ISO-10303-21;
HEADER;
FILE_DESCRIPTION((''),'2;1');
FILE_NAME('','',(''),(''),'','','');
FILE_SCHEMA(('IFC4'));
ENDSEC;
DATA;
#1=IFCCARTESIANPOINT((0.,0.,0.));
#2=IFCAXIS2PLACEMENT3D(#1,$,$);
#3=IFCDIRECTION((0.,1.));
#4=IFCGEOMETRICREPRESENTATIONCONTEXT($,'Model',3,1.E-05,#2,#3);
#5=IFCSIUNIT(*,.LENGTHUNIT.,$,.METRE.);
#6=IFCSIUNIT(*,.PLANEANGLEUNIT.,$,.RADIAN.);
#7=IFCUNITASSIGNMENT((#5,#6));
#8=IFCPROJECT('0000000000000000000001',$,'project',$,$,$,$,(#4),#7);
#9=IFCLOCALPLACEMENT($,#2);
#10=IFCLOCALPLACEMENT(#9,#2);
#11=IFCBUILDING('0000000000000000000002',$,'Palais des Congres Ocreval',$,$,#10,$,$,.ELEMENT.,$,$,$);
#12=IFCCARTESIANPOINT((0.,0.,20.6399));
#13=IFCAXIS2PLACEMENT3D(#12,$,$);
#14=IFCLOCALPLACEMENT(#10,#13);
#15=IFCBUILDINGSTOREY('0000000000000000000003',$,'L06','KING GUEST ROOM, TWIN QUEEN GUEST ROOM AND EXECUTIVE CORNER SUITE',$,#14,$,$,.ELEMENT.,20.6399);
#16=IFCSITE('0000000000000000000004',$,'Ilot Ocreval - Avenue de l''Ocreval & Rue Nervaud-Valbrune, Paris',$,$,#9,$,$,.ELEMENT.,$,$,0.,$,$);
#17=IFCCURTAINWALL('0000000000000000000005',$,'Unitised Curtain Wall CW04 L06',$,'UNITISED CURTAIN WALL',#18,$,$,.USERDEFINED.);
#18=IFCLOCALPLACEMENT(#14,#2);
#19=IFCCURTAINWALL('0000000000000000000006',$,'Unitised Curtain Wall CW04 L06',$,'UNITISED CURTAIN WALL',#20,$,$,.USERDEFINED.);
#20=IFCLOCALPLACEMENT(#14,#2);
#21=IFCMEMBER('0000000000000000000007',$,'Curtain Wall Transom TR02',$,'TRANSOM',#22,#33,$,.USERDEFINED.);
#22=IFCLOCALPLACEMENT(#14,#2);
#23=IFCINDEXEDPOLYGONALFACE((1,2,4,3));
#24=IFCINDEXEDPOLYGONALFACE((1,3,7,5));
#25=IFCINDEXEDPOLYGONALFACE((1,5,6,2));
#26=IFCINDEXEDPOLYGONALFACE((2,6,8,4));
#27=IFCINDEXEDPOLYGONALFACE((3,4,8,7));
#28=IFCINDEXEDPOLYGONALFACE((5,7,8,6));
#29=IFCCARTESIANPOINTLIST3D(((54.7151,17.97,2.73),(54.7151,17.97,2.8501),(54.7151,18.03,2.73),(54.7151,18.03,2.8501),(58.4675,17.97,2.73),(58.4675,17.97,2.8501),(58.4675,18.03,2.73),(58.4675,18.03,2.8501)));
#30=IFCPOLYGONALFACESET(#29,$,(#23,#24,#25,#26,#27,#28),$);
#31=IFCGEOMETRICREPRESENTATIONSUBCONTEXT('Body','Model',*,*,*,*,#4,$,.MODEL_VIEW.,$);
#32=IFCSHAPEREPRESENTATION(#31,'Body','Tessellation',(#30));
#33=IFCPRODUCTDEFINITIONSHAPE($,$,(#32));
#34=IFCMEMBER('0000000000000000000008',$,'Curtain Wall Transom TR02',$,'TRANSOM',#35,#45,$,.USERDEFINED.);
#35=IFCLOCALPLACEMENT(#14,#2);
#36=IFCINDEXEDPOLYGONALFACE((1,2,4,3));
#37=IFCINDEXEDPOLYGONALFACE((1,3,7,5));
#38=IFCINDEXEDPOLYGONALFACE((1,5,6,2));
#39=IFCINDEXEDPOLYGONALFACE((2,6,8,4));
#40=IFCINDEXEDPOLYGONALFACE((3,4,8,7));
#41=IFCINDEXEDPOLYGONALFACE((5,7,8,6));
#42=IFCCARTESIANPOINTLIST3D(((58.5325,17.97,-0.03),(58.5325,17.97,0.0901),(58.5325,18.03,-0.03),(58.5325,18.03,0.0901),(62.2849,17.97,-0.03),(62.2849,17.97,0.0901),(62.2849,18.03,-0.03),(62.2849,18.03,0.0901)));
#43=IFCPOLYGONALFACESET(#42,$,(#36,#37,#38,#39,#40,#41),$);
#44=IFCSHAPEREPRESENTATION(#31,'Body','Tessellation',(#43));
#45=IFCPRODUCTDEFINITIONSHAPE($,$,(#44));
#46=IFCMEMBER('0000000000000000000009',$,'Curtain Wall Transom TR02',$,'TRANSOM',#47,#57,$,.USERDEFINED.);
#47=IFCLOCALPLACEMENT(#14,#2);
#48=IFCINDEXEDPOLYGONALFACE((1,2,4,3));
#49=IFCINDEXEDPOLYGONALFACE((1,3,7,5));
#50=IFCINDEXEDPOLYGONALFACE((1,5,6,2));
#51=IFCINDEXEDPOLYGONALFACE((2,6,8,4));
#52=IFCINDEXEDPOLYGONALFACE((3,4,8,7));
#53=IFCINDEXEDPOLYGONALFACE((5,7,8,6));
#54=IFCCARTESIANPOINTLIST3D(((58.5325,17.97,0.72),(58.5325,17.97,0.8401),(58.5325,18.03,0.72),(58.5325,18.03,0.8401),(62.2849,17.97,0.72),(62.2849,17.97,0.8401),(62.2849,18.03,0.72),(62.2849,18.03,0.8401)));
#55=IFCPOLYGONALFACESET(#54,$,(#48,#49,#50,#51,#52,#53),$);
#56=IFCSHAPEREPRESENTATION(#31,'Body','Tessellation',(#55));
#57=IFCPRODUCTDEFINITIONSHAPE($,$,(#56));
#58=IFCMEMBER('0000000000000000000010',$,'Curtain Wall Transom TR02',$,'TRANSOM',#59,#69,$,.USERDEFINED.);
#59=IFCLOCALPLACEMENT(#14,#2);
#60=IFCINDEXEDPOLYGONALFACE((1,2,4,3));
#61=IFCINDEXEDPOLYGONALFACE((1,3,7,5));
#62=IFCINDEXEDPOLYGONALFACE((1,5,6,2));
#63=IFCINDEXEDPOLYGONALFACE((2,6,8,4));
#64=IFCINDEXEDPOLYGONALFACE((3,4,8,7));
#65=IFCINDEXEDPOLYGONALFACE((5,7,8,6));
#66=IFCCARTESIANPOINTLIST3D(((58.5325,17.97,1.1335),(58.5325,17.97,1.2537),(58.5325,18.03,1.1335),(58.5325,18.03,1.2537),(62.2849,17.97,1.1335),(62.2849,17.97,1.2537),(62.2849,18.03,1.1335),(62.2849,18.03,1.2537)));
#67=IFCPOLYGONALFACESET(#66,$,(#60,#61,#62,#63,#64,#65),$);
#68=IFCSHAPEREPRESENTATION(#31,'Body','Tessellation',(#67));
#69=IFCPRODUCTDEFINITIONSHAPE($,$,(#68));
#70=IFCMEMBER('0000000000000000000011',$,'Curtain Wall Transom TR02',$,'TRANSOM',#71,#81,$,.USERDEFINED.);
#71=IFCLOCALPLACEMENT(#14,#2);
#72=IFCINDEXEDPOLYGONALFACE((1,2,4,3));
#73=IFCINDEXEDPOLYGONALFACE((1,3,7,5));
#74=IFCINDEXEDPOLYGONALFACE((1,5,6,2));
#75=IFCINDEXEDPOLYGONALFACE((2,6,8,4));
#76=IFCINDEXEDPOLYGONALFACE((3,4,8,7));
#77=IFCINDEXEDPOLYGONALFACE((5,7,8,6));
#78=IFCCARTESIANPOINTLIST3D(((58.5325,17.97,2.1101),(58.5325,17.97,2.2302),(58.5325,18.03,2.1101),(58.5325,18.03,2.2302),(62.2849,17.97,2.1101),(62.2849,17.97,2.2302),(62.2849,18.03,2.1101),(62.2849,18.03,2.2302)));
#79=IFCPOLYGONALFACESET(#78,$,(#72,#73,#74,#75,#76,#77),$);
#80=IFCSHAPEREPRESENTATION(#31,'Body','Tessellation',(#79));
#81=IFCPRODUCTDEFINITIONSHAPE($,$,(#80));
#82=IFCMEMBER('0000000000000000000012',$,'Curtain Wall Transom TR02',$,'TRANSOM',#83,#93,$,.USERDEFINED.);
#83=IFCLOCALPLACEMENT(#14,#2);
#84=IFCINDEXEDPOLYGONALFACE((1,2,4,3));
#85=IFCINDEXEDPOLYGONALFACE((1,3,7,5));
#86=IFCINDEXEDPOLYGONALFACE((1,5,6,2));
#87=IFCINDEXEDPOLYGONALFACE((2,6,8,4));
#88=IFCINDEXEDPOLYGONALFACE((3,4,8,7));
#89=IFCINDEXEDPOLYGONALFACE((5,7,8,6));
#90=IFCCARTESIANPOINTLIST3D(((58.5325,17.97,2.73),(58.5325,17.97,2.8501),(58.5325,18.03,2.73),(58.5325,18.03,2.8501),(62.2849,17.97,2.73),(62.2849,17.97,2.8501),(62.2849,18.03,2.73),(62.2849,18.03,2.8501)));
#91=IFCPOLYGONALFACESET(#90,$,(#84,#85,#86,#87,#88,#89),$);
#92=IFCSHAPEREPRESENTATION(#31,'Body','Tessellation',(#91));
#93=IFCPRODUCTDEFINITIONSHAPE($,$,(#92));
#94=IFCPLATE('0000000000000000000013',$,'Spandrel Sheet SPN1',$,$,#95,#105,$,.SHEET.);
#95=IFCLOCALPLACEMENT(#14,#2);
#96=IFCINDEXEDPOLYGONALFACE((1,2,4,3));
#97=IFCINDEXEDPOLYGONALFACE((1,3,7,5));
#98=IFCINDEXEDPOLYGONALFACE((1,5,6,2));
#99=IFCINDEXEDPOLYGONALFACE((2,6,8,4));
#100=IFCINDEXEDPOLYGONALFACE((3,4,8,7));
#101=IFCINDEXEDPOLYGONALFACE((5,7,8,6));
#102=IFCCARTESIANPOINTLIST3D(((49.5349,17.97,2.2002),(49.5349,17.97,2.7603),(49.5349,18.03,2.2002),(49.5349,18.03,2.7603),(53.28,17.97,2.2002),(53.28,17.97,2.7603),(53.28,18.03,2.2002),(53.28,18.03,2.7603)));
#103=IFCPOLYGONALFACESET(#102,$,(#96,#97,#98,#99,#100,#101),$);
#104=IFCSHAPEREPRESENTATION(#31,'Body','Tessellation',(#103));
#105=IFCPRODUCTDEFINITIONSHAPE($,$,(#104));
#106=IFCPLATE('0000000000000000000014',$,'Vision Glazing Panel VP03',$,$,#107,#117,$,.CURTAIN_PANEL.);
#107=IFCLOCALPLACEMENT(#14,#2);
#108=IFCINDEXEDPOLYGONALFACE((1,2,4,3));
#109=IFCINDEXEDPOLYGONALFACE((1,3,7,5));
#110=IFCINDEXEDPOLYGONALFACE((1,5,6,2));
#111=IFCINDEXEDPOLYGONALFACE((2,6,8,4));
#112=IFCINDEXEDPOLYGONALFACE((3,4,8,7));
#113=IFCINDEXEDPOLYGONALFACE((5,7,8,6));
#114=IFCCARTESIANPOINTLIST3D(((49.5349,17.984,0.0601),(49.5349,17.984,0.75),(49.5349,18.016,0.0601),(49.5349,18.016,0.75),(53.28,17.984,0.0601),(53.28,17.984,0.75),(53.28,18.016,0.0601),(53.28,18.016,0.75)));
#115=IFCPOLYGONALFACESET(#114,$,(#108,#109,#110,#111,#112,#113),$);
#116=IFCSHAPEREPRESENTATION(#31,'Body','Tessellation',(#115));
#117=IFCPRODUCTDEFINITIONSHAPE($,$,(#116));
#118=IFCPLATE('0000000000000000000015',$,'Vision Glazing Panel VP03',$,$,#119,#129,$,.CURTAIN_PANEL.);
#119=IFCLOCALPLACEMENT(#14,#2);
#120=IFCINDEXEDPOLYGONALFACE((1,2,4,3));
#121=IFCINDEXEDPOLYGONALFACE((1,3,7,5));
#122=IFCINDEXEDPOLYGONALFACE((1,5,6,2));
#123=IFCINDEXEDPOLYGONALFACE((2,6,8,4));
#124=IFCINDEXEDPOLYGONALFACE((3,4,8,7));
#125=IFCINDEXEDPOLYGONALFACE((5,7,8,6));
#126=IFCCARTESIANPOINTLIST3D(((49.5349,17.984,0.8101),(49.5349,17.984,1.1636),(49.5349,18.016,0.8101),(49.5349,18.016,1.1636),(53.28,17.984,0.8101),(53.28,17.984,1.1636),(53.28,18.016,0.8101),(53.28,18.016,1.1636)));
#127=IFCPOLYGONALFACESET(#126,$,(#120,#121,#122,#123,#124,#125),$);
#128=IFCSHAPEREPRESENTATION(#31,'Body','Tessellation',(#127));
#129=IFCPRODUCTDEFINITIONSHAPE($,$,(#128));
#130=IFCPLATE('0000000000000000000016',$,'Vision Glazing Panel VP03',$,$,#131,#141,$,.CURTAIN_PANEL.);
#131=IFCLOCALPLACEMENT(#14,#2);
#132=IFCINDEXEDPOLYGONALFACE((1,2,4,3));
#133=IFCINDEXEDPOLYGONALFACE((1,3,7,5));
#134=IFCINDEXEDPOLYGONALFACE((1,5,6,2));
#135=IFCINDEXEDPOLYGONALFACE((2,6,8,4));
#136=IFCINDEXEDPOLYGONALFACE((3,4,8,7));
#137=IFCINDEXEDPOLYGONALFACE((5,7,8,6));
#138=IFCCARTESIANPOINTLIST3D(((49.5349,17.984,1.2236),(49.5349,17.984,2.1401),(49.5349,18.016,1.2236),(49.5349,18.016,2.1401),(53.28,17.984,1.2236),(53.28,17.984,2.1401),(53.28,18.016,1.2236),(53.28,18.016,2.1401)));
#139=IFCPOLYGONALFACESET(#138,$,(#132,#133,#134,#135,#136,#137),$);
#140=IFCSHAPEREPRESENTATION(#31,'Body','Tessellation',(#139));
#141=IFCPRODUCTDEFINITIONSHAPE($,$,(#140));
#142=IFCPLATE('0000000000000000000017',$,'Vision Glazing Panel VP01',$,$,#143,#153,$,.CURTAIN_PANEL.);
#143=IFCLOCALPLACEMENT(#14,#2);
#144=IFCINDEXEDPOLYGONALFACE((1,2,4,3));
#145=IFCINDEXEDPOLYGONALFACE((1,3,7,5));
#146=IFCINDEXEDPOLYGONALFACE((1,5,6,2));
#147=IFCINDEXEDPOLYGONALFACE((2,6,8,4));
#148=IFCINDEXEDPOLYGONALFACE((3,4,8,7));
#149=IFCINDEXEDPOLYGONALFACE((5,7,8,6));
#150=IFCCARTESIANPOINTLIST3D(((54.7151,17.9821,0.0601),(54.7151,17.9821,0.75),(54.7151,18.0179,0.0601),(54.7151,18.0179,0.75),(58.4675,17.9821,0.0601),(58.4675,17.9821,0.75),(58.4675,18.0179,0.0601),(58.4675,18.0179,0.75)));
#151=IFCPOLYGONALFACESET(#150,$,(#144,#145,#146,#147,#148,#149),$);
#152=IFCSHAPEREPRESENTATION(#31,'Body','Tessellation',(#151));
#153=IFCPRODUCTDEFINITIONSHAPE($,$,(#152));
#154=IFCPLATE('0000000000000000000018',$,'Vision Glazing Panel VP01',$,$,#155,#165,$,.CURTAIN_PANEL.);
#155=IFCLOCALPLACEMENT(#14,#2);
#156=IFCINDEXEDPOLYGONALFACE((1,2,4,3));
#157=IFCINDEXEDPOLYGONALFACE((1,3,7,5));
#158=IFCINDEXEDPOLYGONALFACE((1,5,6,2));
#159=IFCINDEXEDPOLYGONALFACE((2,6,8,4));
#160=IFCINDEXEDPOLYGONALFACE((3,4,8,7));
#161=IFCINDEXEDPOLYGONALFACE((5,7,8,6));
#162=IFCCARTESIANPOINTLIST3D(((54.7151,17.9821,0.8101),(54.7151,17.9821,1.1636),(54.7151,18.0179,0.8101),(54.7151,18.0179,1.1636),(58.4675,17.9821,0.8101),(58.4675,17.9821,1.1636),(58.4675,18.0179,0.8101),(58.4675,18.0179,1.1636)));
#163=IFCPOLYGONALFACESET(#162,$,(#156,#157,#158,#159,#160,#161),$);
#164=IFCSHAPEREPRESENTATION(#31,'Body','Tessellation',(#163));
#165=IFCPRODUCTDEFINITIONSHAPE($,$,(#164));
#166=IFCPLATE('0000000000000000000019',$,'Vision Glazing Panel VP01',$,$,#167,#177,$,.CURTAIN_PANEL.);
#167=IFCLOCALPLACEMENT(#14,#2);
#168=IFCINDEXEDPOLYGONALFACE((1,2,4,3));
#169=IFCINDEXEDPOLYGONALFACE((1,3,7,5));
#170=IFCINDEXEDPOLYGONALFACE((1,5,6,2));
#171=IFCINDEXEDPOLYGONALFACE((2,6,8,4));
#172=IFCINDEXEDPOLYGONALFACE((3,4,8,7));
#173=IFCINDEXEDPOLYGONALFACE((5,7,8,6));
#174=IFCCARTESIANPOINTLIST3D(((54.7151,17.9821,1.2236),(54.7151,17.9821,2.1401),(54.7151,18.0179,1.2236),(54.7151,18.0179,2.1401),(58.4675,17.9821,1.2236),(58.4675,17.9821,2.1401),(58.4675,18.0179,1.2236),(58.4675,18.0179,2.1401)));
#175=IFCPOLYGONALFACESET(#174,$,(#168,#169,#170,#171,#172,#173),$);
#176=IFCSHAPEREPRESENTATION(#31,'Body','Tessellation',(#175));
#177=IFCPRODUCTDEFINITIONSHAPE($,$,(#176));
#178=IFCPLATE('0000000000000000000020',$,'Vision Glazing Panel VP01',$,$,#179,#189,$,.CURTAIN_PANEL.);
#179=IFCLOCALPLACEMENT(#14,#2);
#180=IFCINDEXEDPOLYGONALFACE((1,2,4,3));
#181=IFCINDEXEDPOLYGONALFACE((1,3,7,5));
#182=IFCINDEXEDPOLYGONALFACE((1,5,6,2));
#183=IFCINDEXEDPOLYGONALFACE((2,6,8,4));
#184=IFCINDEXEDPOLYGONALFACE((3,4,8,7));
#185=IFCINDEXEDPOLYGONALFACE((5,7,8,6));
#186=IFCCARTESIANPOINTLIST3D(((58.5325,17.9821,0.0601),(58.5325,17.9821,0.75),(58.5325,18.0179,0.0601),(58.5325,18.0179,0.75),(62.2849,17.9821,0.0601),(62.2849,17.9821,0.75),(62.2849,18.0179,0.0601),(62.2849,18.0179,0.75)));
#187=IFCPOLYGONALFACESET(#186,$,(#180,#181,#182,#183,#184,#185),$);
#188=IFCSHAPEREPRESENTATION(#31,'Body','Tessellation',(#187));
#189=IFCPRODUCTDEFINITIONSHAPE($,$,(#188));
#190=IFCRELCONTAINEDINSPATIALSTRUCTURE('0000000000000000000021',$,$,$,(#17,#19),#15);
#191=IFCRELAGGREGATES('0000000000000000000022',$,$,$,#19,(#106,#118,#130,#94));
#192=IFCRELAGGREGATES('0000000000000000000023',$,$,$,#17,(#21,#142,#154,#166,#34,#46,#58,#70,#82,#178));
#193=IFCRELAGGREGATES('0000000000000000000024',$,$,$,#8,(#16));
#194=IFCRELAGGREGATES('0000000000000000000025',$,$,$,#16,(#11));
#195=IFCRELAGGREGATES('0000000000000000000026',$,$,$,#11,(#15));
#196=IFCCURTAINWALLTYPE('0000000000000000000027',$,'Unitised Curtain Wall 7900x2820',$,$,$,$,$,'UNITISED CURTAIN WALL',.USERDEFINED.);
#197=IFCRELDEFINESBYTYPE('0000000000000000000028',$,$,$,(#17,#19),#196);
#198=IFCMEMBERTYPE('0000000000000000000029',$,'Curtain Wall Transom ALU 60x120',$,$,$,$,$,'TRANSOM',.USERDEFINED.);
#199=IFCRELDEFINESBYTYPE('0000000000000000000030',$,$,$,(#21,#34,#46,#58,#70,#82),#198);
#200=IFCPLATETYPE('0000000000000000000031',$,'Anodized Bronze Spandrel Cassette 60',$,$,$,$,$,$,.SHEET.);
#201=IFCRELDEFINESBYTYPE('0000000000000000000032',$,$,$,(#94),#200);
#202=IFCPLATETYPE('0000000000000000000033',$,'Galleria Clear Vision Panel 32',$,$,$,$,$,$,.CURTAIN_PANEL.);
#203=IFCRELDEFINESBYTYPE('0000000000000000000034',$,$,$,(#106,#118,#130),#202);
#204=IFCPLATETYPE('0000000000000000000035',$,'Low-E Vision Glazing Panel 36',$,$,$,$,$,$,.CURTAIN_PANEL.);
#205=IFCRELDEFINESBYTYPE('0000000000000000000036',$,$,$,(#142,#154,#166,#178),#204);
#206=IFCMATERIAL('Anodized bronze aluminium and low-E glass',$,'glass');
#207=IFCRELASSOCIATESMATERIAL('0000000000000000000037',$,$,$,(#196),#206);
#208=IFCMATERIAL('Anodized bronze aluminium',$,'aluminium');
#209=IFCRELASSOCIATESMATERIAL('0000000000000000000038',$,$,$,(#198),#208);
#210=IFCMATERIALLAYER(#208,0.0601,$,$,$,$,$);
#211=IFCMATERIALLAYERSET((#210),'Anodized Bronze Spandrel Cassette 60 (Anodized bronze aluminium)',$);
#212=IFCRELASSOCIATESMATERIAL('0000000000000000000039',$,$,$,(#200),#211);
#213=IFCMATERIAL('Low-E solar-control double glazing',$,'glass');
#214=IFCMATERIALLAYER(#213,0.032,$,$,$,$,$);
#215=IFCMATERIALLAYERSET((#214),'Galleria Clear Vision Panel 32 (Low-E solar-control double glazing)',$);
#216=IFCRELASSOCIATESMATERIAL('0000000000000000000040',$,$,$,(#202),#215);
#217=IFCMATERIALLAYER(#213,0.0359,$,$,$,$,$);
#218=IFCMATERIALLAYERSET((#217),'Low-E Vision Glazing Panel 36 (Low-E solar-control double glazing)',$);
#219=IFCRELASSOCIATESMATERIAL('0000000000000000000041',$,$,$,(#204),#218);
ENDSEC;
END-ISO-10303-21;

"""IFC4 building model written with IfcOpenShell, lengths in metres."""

from ifc_helpers import new_model, si_unit, direction, frame, origin, origin_2d, place, context, subcontext, project, spatial, rectangle, extrude, material, layer, layer_set, material_profile, profile_set, type_object, element, aggregate, save


model = new_model("IFC4")

# Units and contexts
model_context = context("Model", 3, precision=1e-05, world=origin(), true_north=direction((0.0, 1.0)))
body_context = subcontext(model_context, "Body", "Model", "MODEL_VIEW")
ifc_project = project(units=[si_unit("LENGTHUNIT", "METRE"), si_unit("PLANEANGLEUNIT", "RADIAN")], contexts=[model_context])

# Site, building, storey
site_placement = place(None, origin())
site = spatial("IfcSite", under=ifc_project, at=site_placement, Name="Ilot Ocreval - Avenue de l'Ocreval & Rue Nervaud-Valbrune, Paris", CompositionType="ELEMENT", RefElevation=0.0)
building_placement = place(site_placement, origin())
building = spatial("IfcBuilding", under=site, at=building_placement, Name="Palais des Congres Ocreval", CompositionType="ELEMENT")
storey_placement = place(building_placement, frame((0.0, 0.0, 20.6399)))
storey = spatial("IfcBuildingStorey", under=building, at=storey_placement, Name="L06", Description="KING GUEST ROOM, TWIN QUEEN GUEST ROOM AND EXECUTIVE CORNER SUITE", CompositionType="ELEMENT", Elevation=20.6399)

# Curtain walls
ifc_material_1 = material(Name="Anodized bronze aluminium and low-E glass", Category="glass")
curtain_wall_type = type_object("IfcCurtainWallType", Name="Unitised Curtain Wall 7900x2820", ElementType="UNITISED CURTAIN WALL", PredefinedType="USERDEFINED", material=ifc_material_1)
curtain_wall_1_placement = place(storey_placement, origin())
curtain_wall_1 = element("IfcCurtainWall", 1, at=curtain_wall_1_placement, inside=storey, type_object=curtain_wall_type, Name="Unitised Curtain Wall CW04 L06", ObjectType="UNITISED CURTAIN WALL", PredefinedType="USERDEFINED")
ifc_material_2 = material(Name="Anodized bronze aluminium", Category="aluminium")
curtain_wall_2_placement = place(storey_placement, origin())
curtain_wall_2 = element("IfcCurtainWall", 2, at=curtain_wall_2_placement, inside=storey, type_object=curtain_wall_type, Name="Unitised Curtain Wall CW04 L06", ObjectType="UNITISED CURTAIN WALL", PredefinedType="USERDEFINED")
ifc_material_profile_1 = material_profile(ifc_material_2, rectangle(XDim=0.0601, YDim=0.1201, at=origin_2d()), Name="ALU 60x120")
ifc_profile_set_1 = profile_set([ifc_material_profile_1], Name="Anodized bronze aluminium")
member_type_1 = type_object("IfcMemberType", Name="Curtain Wall Transom ALU 60x120", ElementType="TRANSOM", PredefinedType="USERDEFINED", material=ifc_profile_set_1)

# Members
member_1_placement = place(storey_placement, frame((54.7151, 18.0, 2.79), z_axis=(1.0, 0.0, 0.0), x_axis=(0.0, 1.0, 0.0)))
member_1 = element("IfcMember", 3, at=member_1_placement, type_object=member_type_1, Name="Curtain Wall Transom TR02", ObjectType="TRANSOM", PredefinedType="USERDEFINED", context=body_context, shape_type="SweptSolid", body=[
    extrude(rectangle(XDim=0.0601, YDim=0.1201, at=origin_2d()), origin(), (0.0, 0.0, 1.0), 3.7524),
])
member_2_placement = place(storey_placement, frame((58.5325, 18.0, 0.03), z_axis=(1.0, 0.0, 0.0), x_axis=(0.0, 1.0, 0.0)))
member_2 = element("IfcMember", 4, at=member_2_placement, type_object=member_type_1, Name="Curtain Wall Transom TR02", ObjectType="TRANSOM", PredefinedType="USERDEFINED", context=body_context, shape_type="SweptSolid", body=[
    extrude(rectangle(XDim=0.0601, YDim=0.1201, at=origin_2d()), origin(), (0.0, 0.0, 1.0), 3.7524),
])
member_3_placement = place(storey_placement, frame((58.5325, 18.0, 0.78), z_axis=(1.0, 0.0, 0.0), x_axis=(0.0, 1.0, 0.0)))
member_3 = element("IfcMember", 5, at=member_3_placement, type_object=member_type_1, Name="Curtain Wall Transom TR02", ObjectType="TRANSOM", PredefinedType="USERDEFINED", context=body_context, shape_type="SweptSolid", body=[
    extrude(rectangle(XDim=0.0601, YDim=0.1201, at=origin_2d()), origin(), (0.0, 0.0, 1.0), 3.7524),
])
member_4_placement = place(storey_placement, frame((58.5325, 18.0, 1.1936), z_axis=(1.0, 0.0, 0.0), x_axis=(0.0, 1.0, 0.0)))
member_4 = element("IfcMember", 6, at=member_4_placement, type_object=member_type_1, Name="Curtain Wall Transom TR02", ObjectType="TRANSOM", PredefinedType="USERDEFINED", context=body_context, shape_type="SweptSolid", body=[
    extrude(rectangle(XDim=0.0601, YDim=0.1201, at=origin_2d()), origin(), (0.0, 0.0, 1.0), 3.7524),
])
member_5_placement = place(storey_placement, frame((58.5325, 18.0, 2.1702), z_axis=(1.0, 0.0, 0.0), x_axis=(0.0, 1.0, 0.0)))
member_5 = element("IfcMember", 7, at=member_5_placement, type_object=member_type_1, Name="Curtain Wall Transom TR02", ObjectType="TRANSOM", PredefinedType="USERDEFINED", context=body_context, shape_type="SweptSolid", body=[
    extrude(rectangle(XDim=0.0601, YDim=0.1201, at=origin_2d()), origin(), (0.0, 0.0, 1.0), 3.7524),
])
member_6_placement = place(storey_placement, frame((58.5325, 18.0, 2.79), z_axis=(1.0, 0.0, 0.0), x_axis=(0.0, 1.0, 0.0)))
member_6 = element("IfcMember", 8, at=member_6_placement, type_object=member_type_1, Name="Curtain Wall Transom TR02", ObjectType="TRANSOM", PredefinedType="USERDEFINED", context=body_context, shape_type="SweptSolid", body=[
    extrude(rectangle(XDim=0.0601, YDim=0.1201, at=origin_2d()), origin(), (0.0, 0.0, 1.0), 3.7524),
])

# Plates
ifc_layer_1 = layer(ifc_material_2, 0.0601)
ifc_layer_set_1 = layer_set([ifc_layer_1], Name="Anodized Bronze Spandrel Cassette 60 (Anodized bronze aluminium)")
plate_type_1 = type_object("IfcPlateType", Name="Anodized Bronze Spandrel Cassette 60", PredefinedType="SHEET", material=ifc_layer_set_1)
plate_1_placement = place(storey_placement, frame((51.4075, 18.0, 2.2002), z_axis=(0.0, 0.0, 1.0), x_axis=(1.0, 0.0, 0.0)))
plate_1 = element("IfcPlate", 9, at=plate_1_placement, type_object=plate_type_1, Name="Spandrel Sheet SPN1", PredefinedType="SHEET", context=body_context, shape_type="SweptSolid", body=[
    extrude(rectangle(XDim=3.7451, YDim=0.0601, at=origin_2d()), origin(), (0.0, 0.0, 1.0), 0.5601),
])
ifc_material_3 = material(Name="Low-E solar-control double glazing", Category="glass")
ifc_layer_2 = layer(ifc_material_3, 0.032)
ifc_layer_set_2 = layer_set([ifc_layer_2], Name="Galleria Clear Vision Panel 32 (Low-E solar-control double glazing)")
plate_type_2 = type_object("IfcPlateType", Name="Galleria Clear Vision Panel 32", PredefinedType="CURTAIN_PANEL", material=ifc_layer_set_2)
plate_2_placement = place(storey_placement, frame((51.4075, 18.0, 0.0601), z_axis=(0.0, 0.0, 1.0), x_axis=(1.0, 0.0, 0.0)))
plate_2 = element("IfcPlate", 10, at=plate_2_placement, type_object=plate_type_2, Name="Vision Glazing Panel VP03", PredefinedType="CURTAIN_PANEL", context=body_context, shape_type="SweptSolid", body=[
    extrude(rectangle(XDim=3.7451, YDim=0.032, at=origin_2d()), origin(), (0.0, 0.0, 1.0), 0.6899),
])
plate_3_placement = place(storey_placement, frame((51.4075, 18.0, 0.8101), z_axis=(0.0, 0.0, 1.0), x_axis=(1.0, 0.0, 0.0)))
plate_3 = element("IfcPlate", 11, at=plate_3_placement, type_object=plate_type_2, Name="Vision Glazing Panel VP03", PredefinedType="CURTAIN_PANEL", context=body_context, shape_type="SweptSolid", body=[
    extrude(rectangle(XDim=3.7451, YDim=0.032, at=origin_2d()), origin(), (0.0, 0.0, 1.0), 0.3535),
])
plate_4_placement = place(storey_placement, frame((51.4075, 18.0, 1.2236), z_axis=(0.0, 0.0, 1.0), x_axis=(1.0, 0.0, 0.0)))
plate_4 = element("IfcPlate", 12, at=plate_4_placement, type_object=plate_type_2, Name="Vision Glazing Panel VP03", PredefinedType="CURTAIN_PANEL", context=body_context, shape_type="SweptSolid", body=[
    extrude(rectangle(XDim=3.7451, YDim=0.032, at=origin_2d()), origin(), (0.0, 0.0, 1.0), 0.9165),
])
aggregate(curtain_wall_2, [plate_2, plate_3, plate_4, plate_1])
ifc_layer_3 = layer(ifc_material_3, 0.0359)
ifc_layer_set_3 = layer_set([ifc_layer_3], Name="Low-E Vision Glazing Panel 36 (Low-E solar-control double glazing)")
plate_type_3 = type_object("IfcPlateType", Name="Low-E Vision Glazing Panel 36", PredefinedType="CURTAIN_PANEL", material=ifc_layer_set_3)
plate_5_placement = place(storey_placement, frame((56.5913, 18.0, 0.0601), z_axis=(0.0, 0.0, 1.0), x_axis=(1.0, 0.0, 0.0)))
plate_5 = element("IfcPlate", 13, at=plate_5_placement, type_object=plate_type_3, Name="Vision Glazing Panel VP01", PredefinedType="CURTAIN_PANEL", context=body_context, shape_type="SweptSolid", body=[
    extrude(rectangle(XDim=3.7524, YDim=0.0359, at=origin_2d()), origin(), (0.0, 0.0, 1.0), 0.6899),
])
plate_6_placement = place(storey_placement, frame((56.5913, 18.0, 0.8101), z_axis=(0.0, 0.0, 1.0), x_axis=(1.0, 0.0, 0.0)))
plate_6 = element("IfcPlate", 14, at=plate_6_placement, type_object=plate_type_3, Name="Vision Glazing Panel VP01", PredefinedType="CURTAIN_PANEL", context=body_context, shape_type="SweptSolid", body=[
    extrude(rectangle(XDim=3.7524, YDim=0.0359, at=origin_2d()), origin(), (0.0, 0.0, 1.0), 0.3535),
])
plate_7_placement = place(storey_placement, frame((56.5913, 18.0, 1.2236), z_axis=(0.0, 0.0, 1.0), x_axis=(1.0, 0.0, 0.0)))
plate_7 = element("IfcPlate", 15, at=plate_7_placement, type_object=plate_type_3, Name="Vision Glazing Panel VP01", PredefinedType="CURTAIN_PANEL", context=body_context, shape_type="SweptSolid", body=[
    extrude(rectangle(XDim=3.7524, YDim=0.0359, at=origin_2d()), origin(), (0.0, 0.0, 1.0), 0.9165),
])
plate_8_placement = place(storey_placement, frame((60.4087, 18.0, 0.0601), z_axis=(0.0, 0.0, 1.0), x_axis=(1.0, 0.0, 0.0)))
plate_8 = element("IfcPlate", 16, at=plate_8_placement, type_object=plate_type_3, Name="Vision Glazing Panel VP01", PredefinedType="CURTAIN_PANEL", context=body_context, shape_type="SweptSolid", body=[
    extrude(rectangle(XDim=3.7524, YDim=0.0359, at=origin_2d()), origin(), (0.0, 0.0, 1.0), 0.6899),
])
aggregate(curtain_wall_1, [member_1, plate_5, plate_6, plate_7, member_2, member_3, member_4, member_5, member_6, plate_8])

save(model, "model.ifc")
